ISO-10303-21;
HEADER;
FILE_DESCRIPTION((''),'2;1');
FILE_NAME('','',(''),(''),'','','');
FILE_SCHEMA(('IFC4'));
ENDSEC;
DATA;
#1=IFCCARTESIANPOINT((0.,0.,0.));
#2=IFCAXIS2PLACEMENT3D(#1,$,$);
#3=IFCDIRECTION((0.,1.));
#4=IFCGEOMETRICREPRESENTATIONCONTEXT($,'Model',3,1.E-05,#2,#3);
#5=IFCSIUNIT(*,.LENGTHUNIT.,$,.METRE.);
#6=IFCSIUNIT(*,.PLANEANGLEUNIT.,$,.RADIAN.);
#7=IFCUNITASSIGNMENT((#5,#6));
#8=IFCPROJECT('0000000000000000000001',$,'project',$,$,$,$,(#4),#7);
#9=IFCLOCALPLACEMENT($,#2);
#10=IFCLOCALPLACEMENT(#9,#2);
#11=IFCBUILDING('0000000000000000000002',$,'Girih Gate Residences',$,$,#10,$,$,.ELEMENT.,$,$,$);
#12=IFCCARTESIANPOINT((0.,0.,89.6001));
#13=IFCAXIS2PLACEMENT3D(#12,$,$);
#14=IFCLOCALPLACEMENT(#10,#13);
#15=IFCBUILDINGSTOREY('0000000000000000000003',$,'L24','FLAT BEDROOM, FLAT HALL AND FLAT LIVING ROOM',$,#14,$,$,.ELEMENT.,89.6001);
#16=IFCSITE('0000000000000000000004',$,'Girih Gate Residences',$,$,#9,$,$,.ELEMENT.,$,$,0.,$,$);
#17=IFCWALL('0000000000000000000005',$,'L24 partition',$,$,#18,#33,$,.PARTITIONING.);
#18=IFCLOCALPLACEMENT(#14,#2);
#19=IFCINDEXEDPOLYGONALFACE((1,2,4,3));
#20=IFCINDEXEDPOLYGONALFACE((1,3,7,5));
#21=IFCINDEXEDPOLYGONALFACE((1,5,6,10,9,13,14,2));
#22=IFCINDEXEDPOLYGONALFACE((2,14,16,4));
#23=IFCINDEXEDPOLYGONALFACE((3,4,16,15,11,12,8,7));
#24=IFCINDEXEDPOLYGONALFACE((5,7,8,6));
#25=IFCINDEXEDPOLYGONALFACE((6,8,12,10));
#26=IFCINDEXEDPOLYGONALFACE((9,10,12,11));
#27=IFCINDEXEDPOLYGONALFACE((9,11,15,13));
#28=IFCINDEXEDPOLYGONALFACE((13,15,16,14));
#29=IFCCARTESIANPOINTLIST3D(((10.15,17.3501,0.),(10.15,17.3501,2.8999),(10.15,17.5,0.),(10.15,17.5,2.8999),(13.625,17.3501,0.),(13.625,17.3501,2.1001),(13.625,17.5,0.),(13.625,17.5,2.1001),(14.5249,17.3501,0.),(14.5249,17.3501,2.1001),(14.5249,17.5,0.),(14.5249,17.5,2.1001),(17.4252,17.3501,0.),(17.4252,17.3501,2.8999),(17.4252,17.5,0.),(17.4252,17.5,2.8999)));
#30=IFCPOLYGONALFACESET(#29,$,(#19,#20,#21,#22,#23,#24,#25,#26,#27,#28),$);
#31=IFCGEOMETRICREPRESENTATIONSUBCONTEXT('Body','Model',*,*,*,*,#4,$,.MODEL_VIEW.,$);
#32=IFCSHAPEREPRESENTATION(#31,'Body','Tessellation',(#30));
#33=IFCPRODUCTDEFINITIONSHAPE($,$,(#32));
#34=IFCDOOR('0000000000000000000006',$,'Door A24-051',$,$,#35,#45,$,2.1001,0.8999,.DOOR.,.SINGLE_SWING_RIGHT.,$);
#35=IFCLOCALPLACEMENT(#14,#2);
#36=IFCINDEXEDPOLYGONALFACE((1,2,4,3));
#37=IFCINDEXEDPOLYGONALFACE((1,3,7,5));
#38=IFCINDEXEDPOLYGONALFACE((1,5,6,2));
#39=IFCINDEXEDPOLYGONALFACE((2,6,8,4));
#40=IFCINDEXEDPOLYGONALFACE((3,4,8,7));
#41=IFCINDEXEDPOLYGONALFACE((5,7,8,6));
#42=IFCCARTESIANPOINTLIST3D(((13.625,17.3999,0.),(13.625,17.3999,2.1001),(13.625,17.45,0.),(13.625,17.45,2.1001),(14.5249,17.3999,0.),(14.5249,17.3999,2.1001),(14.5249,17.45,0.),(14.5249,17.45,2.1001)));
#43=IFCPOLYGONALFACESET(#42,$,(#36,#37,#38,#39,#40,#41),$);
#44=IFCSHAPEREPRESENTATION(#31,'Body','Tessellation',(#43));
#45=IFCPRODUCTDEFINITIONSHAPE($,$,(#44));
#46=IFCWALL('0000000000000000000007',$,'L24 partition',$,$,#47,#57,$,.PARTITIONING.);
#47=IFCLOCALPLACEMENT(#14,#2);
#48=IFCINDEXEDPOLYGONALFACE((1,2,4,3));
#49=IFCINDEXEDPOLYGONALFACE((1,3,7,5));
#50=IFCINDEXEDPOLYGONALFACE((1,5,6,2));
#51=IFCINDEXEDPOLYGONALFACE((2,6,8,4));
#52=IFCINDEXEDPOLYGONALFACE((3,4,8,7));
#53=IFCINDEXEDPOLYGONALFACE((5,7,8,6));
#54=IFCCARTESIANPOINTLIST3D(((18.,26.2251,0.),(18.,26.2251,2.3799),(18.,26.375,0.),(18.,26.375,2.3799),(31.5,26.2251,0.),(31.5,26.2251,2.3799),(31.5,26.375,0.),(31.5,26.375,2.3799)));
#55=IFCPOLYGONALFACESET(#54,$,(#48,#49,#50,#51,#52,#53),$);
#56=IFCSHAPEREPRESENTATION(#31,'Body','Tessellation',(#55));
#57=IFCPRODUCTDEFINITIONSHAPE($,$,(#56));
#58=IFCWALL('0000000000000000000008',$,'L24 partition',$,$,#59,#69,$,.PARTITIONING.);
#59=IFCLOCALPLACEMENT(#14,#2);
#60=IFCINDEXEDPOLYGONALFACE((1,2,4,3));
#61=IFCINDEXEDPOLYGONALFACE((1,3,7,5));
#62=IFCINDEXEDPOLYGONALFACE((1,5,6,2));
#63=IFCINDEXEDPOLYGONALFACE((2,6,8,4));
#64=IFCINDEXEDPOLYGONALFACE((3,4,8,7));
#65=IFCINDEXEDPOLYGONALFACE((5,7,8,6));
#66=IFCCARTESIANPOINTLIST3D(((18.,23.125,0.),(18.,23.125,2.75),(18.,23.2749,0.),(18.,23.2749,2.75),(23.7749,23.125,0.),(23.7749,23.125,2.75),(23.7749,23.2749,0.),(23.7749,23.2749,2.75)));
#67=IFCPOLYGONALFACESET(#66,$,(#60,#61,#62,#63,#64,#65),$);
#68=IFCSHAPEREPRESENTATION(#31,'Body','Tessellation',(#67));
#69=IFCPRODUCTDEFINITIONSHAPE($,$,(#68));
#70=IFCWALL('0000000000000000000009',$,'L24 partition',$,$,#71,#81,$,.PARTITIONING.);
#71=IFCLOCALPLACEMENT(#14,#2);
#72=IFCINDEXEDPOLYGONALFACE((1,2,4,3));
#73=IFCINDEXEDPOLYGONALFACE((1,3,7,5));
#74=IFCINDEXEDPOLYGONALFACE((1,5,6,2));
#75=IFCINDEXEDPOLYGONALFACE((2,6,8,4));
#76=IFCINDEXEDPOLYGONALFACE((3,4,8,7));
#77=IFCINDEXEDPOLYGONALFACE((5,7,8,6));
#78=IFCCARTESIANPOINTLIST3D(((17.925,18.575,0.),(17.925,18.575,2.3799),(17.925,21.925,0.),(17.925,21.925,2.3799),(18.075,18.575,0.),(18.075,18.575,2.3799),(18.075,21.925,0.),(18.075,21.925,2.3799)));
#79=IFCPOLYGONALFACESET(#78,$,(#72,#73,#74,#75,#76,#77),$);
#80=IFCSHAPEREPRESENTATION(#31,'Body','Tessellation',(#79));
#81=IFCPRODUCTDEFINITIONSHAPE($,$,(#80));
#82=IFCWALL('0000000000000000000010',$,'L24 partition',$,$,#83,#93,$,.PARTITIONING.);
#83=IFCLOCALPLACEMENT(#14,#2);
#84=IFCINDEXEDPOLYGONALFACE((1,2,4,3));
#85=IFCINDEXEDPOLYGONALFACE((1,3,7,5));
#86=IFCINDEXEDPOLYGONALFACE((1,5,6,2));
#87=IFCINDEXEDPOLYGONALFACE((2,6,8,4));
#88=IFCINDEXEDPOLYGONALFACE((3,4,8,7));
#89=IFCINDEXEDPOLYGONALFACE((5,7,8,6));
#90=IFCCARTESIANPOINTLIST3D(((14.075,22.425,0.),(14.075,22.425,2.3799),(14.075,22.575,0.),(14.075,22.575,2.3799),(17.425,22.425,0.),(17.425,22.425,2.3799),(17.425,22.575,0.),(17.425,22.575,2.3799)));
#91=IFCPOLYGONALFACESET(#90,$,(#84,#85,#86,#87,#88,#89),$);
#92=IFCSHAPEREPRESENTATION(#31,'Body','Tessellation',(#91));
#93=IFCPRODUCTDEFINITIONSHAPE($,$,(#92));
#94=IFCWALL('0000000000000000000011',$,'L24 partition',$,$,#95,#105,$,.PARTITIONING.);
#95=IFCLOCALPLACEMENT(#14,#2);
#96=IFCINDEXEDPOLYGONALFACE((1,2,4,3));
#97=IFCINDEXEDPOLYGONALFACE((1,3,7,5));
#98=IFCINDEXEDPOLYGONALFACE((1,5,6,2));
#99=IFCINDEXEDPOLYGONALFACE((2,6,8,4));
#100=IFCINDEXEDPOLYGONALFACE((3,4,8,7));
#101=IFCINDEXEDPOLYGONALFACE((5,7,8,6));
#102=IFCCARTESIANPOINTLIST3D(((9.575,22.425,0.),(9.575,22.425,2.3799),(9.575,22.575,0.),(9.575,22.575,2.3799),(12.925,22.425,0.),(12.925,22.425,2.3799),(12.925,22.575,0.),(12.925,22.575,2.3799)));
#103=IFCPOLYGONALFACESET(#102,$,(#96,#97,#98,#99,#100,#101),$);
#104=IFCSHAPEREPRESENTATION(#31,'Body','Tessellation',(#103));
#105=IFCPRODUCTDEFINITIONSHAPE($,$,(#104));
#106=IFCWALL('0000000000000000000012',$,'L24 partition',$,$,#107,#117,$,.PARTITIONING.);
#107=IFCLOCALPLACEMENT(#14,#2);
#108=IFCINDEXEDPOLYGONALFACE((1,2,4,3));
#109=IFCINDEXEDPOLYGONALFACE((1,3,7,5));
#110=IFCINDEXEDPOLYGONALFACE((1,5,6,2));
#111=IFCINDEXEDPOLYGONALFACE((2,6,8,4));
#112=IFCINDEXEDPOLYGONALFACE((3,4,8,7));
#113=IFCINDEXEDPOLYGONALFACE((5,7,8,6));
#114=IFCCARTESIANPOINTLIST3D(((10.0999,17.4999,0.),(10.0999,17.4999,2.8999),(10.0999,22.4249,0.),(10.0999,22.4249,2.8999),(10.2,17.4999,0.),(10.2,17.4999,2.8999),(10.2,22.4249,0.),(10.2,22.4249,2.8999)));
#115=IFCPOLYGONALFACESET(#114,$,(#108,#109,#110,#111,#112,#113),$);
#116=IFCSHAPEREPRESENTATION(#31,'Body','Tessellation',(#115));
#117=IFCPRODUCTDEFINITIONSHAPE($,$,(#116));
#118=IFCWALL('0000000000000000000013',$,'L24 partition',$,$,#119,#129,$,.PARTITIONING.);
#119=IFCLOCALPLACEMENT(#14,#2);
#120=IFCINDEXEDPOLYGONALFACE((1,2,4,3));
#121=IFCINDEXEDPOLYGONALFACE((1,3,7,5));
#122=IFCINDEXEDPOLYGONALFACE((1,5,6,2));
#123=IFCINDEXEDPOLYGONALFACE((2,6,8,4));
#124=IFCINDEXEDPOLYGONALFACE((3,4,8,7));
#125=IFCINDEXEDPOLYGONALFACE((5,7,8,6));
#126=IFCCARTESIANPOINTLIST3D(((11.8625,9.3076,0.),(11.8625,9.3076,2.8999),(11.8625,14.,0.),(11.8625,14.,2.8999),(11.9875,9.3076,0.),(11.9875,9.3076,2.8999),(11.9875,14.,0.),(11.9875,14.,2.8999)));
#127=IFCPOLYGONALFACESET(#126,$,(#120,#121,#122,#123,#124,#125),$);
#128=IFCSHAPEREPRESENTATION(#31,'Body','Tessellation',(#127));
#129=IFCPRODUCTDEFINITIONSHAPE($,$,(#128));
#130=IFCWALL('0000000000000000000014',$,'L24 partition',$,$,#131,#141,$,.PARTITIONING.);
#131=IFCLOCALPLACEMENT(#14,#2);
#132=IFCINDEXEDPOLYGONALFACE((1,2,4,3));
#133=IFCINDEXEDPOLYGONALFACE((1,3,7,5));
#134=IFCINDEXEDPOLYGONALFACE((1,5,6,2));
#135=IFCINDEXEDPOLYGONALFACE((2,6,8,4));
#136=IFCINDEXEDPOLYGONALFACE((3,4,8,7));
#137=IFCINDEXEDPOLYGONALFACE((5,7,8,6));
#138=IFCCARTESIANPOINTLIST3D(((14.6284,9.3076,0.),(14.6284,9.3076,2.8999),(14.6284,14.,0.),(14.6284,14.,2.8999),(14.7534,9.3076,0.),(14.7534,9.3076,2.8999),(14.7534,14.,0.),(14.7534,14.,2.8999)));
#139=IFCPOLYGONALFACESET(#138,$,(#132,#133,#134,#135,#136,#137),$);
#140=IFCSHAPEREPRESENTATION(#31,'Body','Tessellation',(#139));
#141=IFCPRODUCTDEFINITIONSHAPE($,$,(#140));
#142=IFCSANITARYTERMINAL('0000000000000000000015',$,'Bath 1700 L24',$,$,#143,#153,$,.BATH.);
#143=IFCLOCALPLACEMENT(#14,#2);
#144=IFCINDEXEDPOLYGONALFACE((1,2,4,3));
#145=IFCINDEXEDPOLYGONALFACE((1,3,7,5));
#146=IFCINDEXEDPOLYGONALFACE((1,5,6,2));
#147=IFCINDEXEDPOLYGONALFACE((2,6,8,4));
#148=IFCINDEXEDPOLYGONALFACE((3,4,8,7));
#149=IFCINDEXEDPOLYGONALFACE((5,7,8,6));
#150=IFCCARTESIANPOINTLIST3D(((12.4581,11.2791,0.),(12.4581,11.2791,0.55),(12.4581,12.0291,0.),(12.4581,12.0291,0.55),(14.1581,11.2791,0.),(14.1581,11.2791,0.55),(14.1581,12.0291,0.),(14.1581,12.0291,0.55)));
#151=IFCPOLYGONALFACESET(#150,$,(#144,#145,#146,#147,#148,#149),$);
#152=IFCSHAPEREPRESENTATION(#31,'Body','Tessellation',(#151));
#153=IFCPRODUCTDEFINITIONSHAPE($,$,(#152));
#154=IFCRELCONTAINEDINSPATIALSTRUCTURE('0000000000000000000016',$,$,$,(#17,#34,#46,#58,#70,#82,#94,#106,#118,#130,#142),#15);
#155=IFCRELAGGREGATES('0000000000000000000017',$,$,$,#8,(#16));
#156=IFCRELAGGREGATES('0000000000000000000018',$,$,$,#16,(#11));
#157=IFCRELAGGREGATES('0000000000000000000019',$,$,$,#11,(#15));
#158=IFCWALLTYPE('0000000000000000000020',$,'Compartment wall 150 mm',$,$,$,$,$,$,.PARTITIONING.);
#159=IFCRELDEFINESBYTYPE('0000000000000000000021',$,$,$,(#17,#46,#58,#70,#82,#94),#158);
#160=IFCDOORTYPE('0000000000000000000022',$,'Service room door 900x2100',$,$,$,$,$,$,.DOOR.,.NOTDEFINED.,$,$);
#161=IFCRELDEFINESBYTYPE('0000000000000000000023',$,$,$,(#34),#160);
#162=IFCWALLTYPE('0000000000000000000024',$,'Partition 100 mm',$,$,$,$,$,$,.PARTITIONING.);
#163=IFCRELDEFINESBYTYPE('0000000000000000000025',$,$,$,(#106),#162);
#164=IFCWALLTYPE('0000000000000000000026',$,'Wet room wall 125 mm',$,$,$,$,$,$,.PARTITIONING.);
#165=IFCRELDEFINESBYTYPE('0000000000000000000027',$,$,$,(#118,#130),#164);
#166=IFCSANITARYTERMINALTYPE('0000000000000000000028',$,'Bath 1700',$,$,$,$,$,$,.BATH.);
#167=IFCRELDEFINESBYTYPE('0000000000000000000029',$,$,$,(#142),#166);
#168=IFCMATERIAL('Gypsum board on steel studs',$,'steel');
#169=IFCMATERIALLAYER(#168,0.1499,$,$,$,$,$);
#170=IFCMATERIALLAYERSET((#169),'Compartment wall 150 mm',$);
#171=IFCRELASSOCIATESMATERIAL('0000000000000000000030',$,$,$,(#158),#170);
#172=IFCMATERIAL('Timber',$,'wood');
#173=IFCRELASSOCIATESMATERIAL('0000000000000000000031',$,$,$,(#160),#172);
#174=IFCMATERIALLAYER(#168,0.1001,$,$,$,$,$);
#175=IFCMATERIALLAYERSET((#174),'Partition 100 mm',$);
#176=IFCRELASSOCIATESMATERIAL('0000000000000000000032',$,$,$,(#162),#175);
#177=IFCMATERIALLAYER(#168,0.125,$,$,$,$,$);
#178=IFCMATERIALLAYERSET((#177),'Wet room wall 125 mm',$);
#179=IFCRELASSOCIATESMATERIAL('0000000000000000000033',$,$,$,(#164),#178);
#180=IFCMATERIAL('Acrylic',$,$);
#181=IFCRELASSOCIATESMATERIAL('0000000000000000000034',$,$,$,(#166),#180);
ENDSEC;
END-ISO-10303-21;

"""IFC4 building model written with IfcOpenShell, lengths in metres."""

from ifc_helpers import new_model, si_unit, direction, frame, frame_2d, origin, origin_2d, place, context, subcontext, project, spatial, rectangle, extrude, material, layer, layer_set, type_object, element, fill, save


model = new_model("IFC4")

# Units and contexts
model_context = context("Model", 3, precision=1e-05, world=origin(), true_north=direction((0.0, 1.0)))
body_context = subcontext(model_context, "Body", "Model", "MODEL_VIEW")
ifc_project = project(units=[si_unit("LENGTHUNIT", "METRE"), si_unit("PLANEANGLEUNIT", "RADIAN")], contexts=[model_context])

# Site, building, storey
site_placement = place(None, origin())
site = spatial("IfcSite", under=ifc_project, at=site_placement, Name="Girih Gate Residences", CompositionType="ELEMENT", RefElevation=0.0)
building_placement = place(site_placement, origin())
building = spatial("IfcBuilding", under=site, at=building_placement, Name="Girih Gate Residences", CompositionType="ELEMENT")
storey_placement = place(building_placement, frame((0.0, 0.0, 89.6001)))
storey = spatial("IfcBuildingStorey", under=building, at=storey_placement, Name="L24", Description="FLAT BEDROOM, FLAT HALL AND FLAT LIVING ROOM", CompositionType="ELEMENT", Elevation=89.6001)

# Shared definitions
ifc_material_1 = material(Name="Gypsum board on steel studs", Category="steel")
ifc_layer_1 = layer(ifc_material_1, 0.1499)
ifc_layer_set_1 = layer_set([ifc_layer_1], Name="Compartment wall 150 mm")
wall_type_1 = type_object("IfcWallType", Name="Compartment wall 150 mm", PredefinedType="PARTITIONING", material=ifc_layer_set_1)

# Wall, opening, door
wall_1_placement = place(storey_placement, frame((10.1499, 17.425, 0.0), z_axis=(0.0, 0.0, 1.0), x_axis=(1.0, 0.0, 0.0)))
wall_1 = element("IfcWall", 1, at=wall_1_placement, inside=storey, type_object=wall_type_1, Name="L24 partition", PredefinedType="PARTITIONING", context=body_context, shape_type="SweptSolid", body=[
    extrude(rectangle(XDim=7.2751, YDim=0.1499, at=frame_2d((3.6377, 0.0))), origin(), (0.0, 0.0, 1.0), 2.8999),
])
opening_1_placement = place(wall_1_placement, frame((3.4751, 0.0, 0.0)))
opening_1 = element("IfcOpeningElement", 2, at=opening_1_placement, cuts=wall_1, PredefinedType="OPENING", context=body_context, shape_type="SweptSolid", body=[
    extrude(rectangle(XDim=0.8999, YDim=2.1001, at=frame_2d((0.45, 1.05))), frame((0.0, 0.085, 0.0), z_axis=(0.0, -1.0, 0.0), x_axis=(1.0, 0.0, 0.0)), (0.0, 0.0, 1.0), 0.1699),
])
ifc_material_2 = material(Name="Timber", Category="wood")
door_type_1 = type_object("IfcDoorType", Name="Service room door 900x2100", OperationType="NOTDEFINED", PredefinedType="DOOR", material=ifc_material_2)
door_1_placement = place(opening_1_placement, origin())
door_1 = element("IfcDoor", 3, at=door_1_placement, inside=storey, type_object=door_type_1, Name="Door A24-051", OperationType="SINGLE_SWING_RIGHT", OverallHeight=2.1001, OverallWidth=0.8999, PredefinedType="DOOR", context=body_context, shape_type="SweptSolid", body=[
    extrude(rectangle(XDim=0.8999, YDim=2.1001, at=frame_2d((0.45, 1.05))), frame((0.0, 0.0249, 0.0), z_axis=(0.0, -1.0, 0.0), x_axis=(1.0, 0.0, 0.0)), (0.0, 0.0, 1.0), 0.05),
])
fill(opening_1, door_1)

# Walls
wall_2_placement = place(storey_placement, frame((18.0, 26.3, 0.0), z_axis=(0.0, 0.0, 1.0), x_axis=(1.0, 0.0, 0.0)))
element("IfcWall", 4, at=wall_2_placement, inside=storey, type_object=wall_type_1, Name="L24 partition", PredefinedType="PARTITIONING", context=body_context, shape_type="SweptSolid", body=[
    extrude(rectangle(XDim=13.5, YDim=0.1499, at=frame_2d((6.75, 0.0))), origin(), (0.0, 0.0, 1.0), 2.3799),
])
wall_3_placement = place(storey_placement, frame((18.0, 23.2, 0.0), z_axis=(0.0, 0.0, 1.0), x_axis=(1.0, 0.0, 0.0)))
element("IfcWall", 5, at=wall_3_placement, inside=storey, type_object=wall_type_1, Name="L24 partition", PredefinedType="PARTITIONING", context=body_context, shape_type="SweptSolid", body=[
    extrude(rectangle(XDim=5.7749, YDim=0.1499, at=frame_2d((2.8875, 0.0))), origin(), (0.0, 0.0, 1.0), 2.75),
])
for number, where, z_axis, x_axis, name in (
    (6, (18.0, 18.575, 0.0), (0.0, 0.0, 1.0), (0.0, 1.0, 0.0), "L24 partition"),
    (7, (14.075, 22.5, 0.0), (0.0, 0.0, 1.0), (1.0, 0.0, 0.0), "L24 partition"),
    (8, (9.575, 22.5, 0.0), (0.0, 0.0, 1.0), (1.0, 0.0, 0.0), "L24 partition"),
):
    element("IfcWall", number, at=place(storey_placement, frame(where, z_axis=z_axis, x_axis=x_axis)), inside=storey, type_object=wall_type_1, Name=name, PredefinedType="PARTITIONING", context=body_context, shape_type="SweptSolid", body=[
        extrude(rectangle(XDim=3.3501, YDim=0.1499, at=frame_2d((1.675, 0.0))), origin(), (0.0, 0.0, 1.0), 2.3799),
    ])
ifc_layer_2 = layer(ifc_material_1, 0.1001)
ifc_layer_set_2 = layer_set([ifc_layer_2], Name="Partition 100 mm")
wall_type_2 = type_object("IfcWallType", Name="Partition 100 mm", PredefinedType="PARTITIONING", material=ifc_layer_set_2)
wall_4_placement = place(storey_placement, frame((10.1499, 17.5, 0.0), z_axis=(0.0, 0.0, 1.0), x_axis=(0.0, 1.0, 0.0)))
element("IfcWall", 9, at=wall_4_placement, inside=storey, type_object=wall_type_2, Name="L24 partition", PredefinedType="PARTITIONING", context=body_context, shape_type="SweptSolid", body=[
    extrude(rectangle(XDim=4.925, YDim=0.1001, at=frame_2d((2.4624, 0.0))), origin(), (0.0, 0.0, 1.0), 2.8999),
])
ifc_layer_3 = layer(ifc_material_1, 0.125)
ifc_layer_set_3 = layer_set([ifc_layer_3], Name="Wet room wall 125 mm")
wall_type_3 = type_object("IfcWallType", Name="Wet room wall 125 mm", PredefinedType="PARTITIONING", material=ifc_layer_set_3)
for number, where, z_axis, x_axis, name in (
    (10, (11.925, 9.3076, 0.0), (0.0, 0.0, 1.0), (0.0, 1.0, 0.0), "L24 partition"),
    (11, (14.6909, 9.3076, 0.0), (0.0, 0.0, 1.0), (0.0, 1.0, 0.0), "L24 partition"),
):
    element("IfcWall", number, at=place(storey_placement, frame(where, z_axis=z_axis, x_axis=x_axis)), inside=storey, type_object=wall_type_3, Name=name, PredefinedType="PARTITIONING", context=body_context, shape_type="SweptSolid", body=[
        extrude(rectangle(XDim=4.6924, YDim=0.125, at=frame_2d((2.3462, 0.0))), origin(), (0.0, 0.0, 1.0), 2.8999),
    ])

# Sanitary terminal
ifc_material_3 = material(Name="Acrylic")
sanitary_terminal_type = type_object("IfcSanitaryTerminalType", Name="Bath 1700", PredefinedType="BATH", material=ifc_material_3)
sanitary_terminal_placement = place(storey_placement, frame((13.3081, 11.6541, 0.0), z_axis=(0.0, 0.0, 1.0), x_axis=(1.0, 0.0, 0.0)))
element("IfcSanitaryTerminal", 12, at=sanitary_terminal_placement, inside=storey, type_object=sanitary_terminal_type, Name="Bath 1700 L24", PredefinedType="BATH", context=body_context, shape_type="SweptSolid", body=[
    extrude(rectangle(XDim=1.7, YDim=0.75, at=origin_2d()), origin(), (0.0, 0.0, 1.0), 0.55),
])

save(model, "model.ifc")
